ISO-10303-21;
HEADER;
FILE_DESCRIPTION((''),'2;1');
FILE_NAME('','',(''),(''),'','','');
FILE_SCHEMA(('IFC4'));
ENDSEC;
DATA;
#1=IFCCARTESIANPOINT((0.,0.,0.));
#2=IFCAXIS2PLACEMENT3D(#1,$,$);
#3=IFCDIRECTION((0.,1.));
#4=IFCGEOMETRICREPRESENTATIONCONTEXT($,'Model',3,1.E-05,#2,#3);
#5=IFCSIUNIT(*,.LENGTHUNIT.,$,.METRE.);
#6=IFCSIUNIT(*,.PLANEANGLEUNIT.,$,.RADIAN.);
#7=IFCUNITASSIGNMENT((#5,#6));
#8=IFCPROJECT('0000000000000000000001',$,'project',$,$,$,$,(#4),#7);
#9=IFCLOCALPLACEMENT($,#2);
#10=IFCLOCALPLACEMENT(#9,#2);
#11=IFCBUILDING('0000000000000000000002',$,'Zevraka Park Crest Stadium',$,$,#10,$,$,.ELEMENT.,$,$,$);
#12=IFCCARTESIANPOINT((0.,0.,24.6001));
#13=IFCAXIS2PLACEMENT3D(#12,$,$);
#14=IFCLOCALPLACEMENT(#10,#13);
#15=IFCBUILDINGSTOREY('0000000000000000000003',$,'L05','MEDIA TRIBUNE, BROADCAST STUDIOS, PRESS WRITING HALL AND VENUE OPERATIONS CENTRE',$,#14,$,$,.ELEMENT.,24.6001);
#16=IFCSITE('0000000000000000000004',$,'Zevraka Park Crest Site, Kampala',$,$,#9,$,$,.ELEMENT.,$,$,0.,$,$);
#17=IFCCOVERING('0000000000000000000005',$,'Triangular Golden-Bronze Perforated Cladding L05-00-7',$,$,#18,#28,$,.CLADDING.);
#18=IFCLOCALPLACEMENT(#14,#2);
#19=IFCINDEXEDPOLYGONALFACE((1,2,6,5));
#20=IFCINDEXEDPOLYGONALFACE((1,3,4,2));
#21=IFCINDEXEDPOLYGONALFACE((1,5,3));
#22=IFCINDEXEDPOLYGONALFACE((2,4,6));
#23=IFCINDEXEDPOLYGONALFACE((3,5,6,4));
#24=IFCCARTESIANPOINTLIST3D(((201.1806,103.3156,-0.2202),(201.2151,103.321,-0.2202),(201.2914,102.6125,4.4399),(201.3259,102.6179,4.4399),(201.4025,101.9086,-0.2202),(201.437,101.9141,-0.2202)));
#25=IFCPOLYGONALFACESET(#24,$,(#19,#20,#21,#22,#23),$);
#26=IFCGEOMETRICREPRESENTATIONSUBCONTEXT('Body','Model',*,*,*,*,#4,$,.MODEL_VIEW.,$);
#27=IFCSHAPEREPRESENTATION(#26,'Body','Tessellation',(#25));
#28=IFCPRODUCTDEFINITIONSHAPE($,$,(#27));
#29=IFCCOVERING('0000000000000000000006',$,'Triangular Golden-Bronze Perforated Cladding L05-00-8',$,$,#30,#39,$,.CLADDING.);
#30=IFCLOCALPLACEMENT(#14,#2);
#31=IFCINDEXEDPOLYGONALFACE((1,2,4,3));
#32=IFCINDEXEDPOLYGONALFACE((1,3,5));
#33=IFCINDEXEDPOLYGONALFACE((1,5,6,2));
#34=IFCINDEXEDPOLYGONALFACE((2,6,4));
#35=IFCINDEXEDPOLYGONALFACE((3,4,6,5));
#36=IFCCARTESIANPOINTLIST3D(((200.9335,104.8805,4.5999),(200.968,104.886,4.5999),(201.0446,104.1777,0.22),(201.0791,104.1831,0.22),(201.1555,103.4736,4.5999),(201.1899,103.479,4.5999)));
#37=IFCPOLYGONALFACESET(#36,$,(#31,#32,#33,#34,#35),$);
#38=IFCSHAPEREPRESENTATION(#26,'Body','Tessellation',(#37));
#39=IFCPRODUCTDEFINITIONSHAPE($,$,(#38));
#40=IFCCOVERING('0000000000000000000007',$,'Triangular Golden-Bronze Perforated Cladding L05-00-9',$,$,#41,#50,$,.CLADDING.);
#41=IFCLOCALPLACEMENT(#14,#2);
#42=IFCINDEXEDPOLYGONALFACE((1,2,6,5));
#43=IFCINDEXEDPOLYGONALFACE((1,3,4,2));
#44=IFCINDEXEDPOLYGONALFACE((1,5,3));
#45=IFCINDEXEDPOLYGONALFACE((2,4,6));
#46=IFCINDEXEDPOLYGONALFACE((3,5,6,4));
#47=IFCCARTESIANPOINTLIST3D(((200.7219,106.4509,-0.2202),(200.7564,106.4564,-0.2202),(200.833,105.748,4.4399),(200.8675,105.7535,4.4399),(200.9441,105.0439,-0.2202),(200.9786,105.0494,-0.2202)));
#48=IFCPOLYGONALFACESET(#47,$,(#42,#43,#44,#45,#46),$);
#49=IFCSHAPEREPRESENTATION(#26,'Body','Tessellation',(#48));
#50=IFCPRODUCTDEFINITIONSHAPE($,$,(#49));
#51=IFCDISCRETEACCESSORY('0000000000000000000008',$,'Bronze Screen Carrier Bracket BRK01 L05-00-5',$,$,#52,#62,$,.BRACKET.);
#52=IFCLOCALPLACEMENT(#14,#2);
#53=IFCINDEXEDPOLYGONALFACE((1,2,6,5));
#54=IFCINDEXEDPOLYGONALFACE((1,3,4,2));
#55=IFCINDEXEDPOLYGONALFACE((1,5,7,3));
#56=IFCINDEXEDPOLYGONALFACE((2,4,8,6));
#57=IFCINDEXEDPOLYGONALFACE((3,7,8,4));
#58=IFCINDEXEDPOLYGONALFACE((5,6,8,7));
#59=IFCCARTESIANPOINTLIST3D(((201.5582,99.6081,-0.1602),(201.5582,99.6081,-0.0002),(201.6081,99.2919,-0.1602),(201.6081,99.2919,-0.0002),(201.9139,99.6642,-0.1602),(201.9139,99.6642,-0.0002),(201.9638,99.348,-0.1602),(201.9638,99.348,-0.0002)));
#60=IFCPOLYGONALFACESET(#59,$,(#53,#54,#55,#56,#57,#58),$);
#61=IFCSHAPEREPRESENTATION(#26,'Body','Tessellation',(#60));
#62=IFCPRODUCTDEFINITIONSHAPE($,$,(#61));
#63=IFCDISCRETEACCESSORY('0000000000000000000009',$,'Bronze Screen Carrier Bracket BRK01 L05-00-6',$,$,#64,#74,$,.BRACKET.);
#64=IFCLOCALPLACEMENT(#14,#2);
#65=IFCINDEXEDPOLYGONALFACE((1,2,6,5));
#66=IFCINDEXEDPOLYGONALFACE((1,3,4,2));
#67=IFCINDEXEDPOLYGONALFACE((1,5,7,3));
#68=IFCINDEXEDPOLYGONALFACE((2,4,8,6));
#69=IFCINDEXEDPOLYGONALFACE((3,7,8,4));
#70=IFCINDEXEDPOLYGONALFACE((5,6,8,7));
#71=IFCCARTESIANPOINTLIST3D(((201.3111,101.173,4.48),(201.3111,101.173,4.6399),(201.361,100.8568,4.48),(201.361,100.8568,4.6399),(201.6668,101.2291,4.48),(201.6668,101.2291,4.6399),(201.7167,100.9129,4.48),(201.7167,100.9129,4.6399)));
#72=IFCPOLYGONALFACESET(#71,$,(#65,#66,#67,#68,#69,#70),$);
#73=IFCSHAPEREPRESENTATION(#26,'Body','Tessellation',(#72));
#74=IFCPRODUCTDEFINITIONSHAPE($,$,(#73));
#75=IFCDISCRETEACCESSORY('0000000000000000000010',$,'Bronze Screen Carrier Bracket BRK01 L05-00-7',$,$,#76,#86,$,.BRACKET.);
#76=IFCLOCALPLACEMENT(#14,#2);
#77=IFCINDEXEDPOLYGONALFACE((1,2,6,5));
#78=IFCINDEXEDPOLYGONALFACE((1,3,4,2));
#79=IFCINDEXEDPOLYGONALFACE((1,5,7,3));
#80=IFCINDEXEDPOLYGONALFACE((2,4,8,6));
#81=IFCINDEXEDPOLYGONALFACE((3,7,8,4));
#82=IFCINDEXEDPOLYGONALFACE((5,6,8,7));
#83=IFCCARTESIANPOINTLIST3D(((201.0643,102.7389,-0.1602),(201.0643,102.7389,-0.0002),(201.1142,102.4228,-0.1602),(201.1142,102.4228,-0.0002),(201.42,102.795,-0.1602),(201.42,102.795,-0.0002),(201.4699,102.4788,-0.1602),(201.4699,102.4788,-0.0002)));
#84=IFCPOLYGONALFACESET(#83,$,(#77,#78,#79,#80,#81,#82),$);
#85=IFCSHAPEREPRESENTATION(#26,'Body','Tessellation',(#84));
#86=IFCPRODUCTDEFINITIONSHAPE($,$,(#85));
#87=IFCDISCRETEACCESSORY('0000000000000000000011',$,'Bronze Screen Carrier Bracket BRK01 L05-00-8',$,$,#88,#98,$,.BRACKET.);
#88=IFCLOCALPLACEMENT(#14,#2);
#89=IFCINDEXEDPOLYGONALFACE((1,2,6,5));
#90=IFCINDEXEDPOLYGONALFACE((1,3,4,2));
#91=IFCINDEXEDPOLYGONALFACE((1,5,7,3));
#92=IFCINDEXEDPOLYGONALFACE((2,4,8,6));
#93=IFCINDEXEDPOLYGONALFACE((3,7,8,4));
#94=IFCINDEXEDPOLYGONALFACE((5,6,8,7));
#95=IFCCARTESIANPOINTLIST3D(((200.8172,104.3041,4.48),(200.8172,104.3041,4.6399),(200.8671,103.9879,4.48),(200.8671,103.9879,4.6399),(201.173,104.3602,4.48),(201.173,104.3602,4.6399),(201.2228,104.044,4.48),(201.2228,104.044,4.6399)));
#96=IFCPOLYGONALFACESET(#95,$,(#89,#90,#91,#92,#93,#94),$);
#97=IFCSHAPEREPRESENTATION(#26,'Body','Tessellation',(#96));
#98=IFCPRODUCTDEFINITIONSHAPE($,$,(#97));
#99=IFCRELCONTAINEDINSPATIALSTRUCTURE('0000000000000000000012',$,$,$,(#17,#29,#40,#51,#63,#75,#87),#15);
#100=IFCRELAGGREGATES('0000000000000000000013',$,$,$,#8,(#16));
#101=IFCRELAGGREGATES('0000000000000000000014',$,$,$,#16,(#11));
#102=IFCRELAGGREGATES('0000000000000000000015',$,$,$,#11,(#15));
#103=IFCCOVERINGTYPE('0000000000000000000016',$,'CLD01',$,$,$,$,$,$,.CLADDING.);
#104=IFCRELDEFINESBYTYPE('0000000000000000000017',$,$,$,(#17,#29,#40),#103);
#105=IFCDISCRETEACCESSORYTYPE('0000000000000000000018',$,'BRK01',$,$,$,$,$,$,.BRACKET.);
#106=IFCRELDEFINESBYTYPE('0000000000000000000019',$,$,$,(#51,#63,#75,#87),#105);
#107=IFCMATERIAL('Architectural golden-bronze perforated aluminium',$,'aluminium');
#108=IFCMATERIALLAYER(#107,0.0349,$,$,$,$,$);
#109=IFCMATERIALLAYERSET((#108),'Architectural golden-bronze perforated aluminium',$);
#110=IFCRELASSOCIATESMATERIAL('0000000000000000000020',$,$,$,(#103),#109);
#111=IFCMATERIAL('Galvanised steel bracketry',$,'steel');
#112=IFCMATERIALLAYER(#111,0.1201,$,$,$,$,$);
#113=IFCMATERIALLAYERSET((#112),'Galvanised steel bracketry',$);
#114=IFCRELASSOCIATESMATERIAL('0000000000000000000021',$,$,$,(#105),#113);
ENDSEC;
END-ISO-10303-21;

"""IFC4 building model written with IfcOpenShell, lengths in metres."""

from ifc_helpers import new_model, si_unit, direction, frame, origin, origin_2d, place, context, subcontext, project, spatial, polyline, rectangle, outline, extrude, material, layer, layer_set, type_object, element, save


model = new_model("IFC4")

# Units and contexts
model_context = context("Model", 3, precision=1e-05, world=origin(), true_north=direction((0.0, 1.0)))
body_context = subcontext(model_context, "Body", "Model", "MODEL_VIEW")
ifc_project = project(units=[si_unit("LENGTHUNIT", "METRE"), si_unit("PLANEANGLEUNIT", "RADIAN")], contexts=[model_context])

# Site, building, storey
site_placement = place(None, origin())
site = spatial("IfcSite", under=ifc_project, at=site_placement, Name="Zevraka Park Crest Site, Kampala", CompositionType="ELEMENT", RefElevation=0.0)
building_placement = place(site_placement, origin())
building = spatial("IfcBuilding", under=site, at=building_placement, Name="Zevraka Park Crest Stadium", CompositionType="ELEMENT")
storey_placement = place(building_placement, frame((0.0, 0.0, 24.6001)))
storey = spatial("IfcBuildingStorey", under=building, at=storey_placement, Name="L05", Description="MEDIA TRIBUNE, BROADCAST STUDIOS, PRESS WRITING HALL AND VENUE OPERATIONS CENTRE", CompositionType="ELEMENT", Elevation=24.6001)

# Coverings
ifc_material_1 = material(Name="Architectural golden-bronze perforated aluminium", Category="aluminium")
ifc_layer_1 = layer(ifc_material_1, 0.0349)
ifc_layer_set_1 = layer_set([ifc_layer_1], Name="Architectural golden-bronze perforated aluminium")
covering_type = type_object("IfcCoveringType", Name="CLD01", PredefinedType="CLADDING", material=ifc_layer_set_1)
covering_1_placement = place(storey_placement, frame((201.437, 101.9141, -0.2202), z_axis=(0.987788, 0.155804, 0.000014), x_axis=(-0.155804, 0.987788, 0.0)))
element("IfcCovering", 1, at=covering_1_placement, inside=storey, type_object=covering_type, Name="Triangular Golden-Bronze Perforated Cladding L05-00-7", PredefinedType="CLADDING", context=body_context, shape_type="SweptSolid", body=[
    extrude(outline(polyline([(0.0, 0.0), (1.4244, 0.0), (0.7126, 4.6602), (0.0, 0.0)])), origin(), (0.0, 0.0, -1.0), 0.0349),
])
covering_2_placement = place(storey_placement, frame((200.968, 104.886, 4.5999), z_axis=(0.987788, 0.155804, 0.000049), x_axis=(0.155804, -0.987788, 0.0)))
element("IfcCovering", 2, at=covering_2_placement, inside=storey, type_object=covering_type, Name="Triangular Golden-Bronze Perforated Cladding L05-00-8", PredefinedType="CLADDING", context=body_context, shape_type="SweptSolid", body=[
    extrude(outline(polyline([(0.0, 0.0), (1.4244, 0.0), (0.7116, 4.3799), (0.0, 0.0)])), origin(), (0.0, 0.0, -1.0), 0.0349),
])
covering_3_placement = place(storey_placement, frame((200.9441, 105.0439, -0.2202), z_axis=(-0.987762, -0.155971, 0.00002), x_axis=(-0.155971, 0.987762, 0.0)))
element("IfcCovering", 3, at=covering_3_placement, inside=storey, type_object=covering_type, Name="Triangular Golden-Bronze Perforated Cladding L05-00-9", PredefinedType="CLADDING", context=body_context, shape_type="SweptSolid", body=[
    extrude(outline(polyline([(0.0, 0.0), (1.4244, 0.0), (0.7128, -4.6602), (0.0, 0.0)])), origin(), (0.0, 0.0, -1.0), 0.0349),
])

# Discrete accessories
ifc_material_2 = material(Name="Galvanised steel bracketry", Category="steel")
ifc_layer_2 = layer(ifc_material_2, 0.1201)
ifc_layer_set_2 = layer_set([ifc_layer_2], Name="Galvanised steel bracketry")
discrete_accessory_type = type_object("IfcDiscreteAccessoryType", Name="BRK01", PredefinedType="BRACKET", material=ifc_layer_set_2)
for number, where, z_axis, x_axis, name in (
    (4, (201.761, 99.478, -0.1602), (0.0, 0.0, 1.0), (-0.155745, 0.987797, 0.0), "Bronze Screen Carrier Bracket BRK01 L05-00-5"),
    (5, (201.5139, 101.043, 4.48), (0.0, 0.0, 1.0), (-0.155745, 0.987797, 0.0), "Bronze Screen Carrier Bracket BRK01 L05-00-6"),
    (6, (201.2671, 102.6089, -0.1602), (0.0, 0.0, 1.0), (-0.155745, 0.987797, 0.0), "Bronze Screen Carrier Bracket BRK01 L05-00-7"),
    (7, (201.02, 104.1741, 4.48), (0.0, 0.0, 1.0), (-0.155745, 0.987797, 0.0), "Bronze Screen Carrier Bracket BRK01 L05-00-8"),
):
    element("IfcDiscreteAccessory", number, at=place(storey_placement, frame(where, z_axis=z_axis, x_axis=x_axis)), inside=storey, type_object=discrete_accessory_type, Name=name, PredefinedType="BRACKET", context=body_context, shape_type="SweptSolid", body=[
        extrude(rectangle(XDim=0.3201, YDim=0.3601, at=origin_2d()), origin(), (0.0, 0.0, 1.0), 0.1599),
    ])

save(model, "model.ifc")
